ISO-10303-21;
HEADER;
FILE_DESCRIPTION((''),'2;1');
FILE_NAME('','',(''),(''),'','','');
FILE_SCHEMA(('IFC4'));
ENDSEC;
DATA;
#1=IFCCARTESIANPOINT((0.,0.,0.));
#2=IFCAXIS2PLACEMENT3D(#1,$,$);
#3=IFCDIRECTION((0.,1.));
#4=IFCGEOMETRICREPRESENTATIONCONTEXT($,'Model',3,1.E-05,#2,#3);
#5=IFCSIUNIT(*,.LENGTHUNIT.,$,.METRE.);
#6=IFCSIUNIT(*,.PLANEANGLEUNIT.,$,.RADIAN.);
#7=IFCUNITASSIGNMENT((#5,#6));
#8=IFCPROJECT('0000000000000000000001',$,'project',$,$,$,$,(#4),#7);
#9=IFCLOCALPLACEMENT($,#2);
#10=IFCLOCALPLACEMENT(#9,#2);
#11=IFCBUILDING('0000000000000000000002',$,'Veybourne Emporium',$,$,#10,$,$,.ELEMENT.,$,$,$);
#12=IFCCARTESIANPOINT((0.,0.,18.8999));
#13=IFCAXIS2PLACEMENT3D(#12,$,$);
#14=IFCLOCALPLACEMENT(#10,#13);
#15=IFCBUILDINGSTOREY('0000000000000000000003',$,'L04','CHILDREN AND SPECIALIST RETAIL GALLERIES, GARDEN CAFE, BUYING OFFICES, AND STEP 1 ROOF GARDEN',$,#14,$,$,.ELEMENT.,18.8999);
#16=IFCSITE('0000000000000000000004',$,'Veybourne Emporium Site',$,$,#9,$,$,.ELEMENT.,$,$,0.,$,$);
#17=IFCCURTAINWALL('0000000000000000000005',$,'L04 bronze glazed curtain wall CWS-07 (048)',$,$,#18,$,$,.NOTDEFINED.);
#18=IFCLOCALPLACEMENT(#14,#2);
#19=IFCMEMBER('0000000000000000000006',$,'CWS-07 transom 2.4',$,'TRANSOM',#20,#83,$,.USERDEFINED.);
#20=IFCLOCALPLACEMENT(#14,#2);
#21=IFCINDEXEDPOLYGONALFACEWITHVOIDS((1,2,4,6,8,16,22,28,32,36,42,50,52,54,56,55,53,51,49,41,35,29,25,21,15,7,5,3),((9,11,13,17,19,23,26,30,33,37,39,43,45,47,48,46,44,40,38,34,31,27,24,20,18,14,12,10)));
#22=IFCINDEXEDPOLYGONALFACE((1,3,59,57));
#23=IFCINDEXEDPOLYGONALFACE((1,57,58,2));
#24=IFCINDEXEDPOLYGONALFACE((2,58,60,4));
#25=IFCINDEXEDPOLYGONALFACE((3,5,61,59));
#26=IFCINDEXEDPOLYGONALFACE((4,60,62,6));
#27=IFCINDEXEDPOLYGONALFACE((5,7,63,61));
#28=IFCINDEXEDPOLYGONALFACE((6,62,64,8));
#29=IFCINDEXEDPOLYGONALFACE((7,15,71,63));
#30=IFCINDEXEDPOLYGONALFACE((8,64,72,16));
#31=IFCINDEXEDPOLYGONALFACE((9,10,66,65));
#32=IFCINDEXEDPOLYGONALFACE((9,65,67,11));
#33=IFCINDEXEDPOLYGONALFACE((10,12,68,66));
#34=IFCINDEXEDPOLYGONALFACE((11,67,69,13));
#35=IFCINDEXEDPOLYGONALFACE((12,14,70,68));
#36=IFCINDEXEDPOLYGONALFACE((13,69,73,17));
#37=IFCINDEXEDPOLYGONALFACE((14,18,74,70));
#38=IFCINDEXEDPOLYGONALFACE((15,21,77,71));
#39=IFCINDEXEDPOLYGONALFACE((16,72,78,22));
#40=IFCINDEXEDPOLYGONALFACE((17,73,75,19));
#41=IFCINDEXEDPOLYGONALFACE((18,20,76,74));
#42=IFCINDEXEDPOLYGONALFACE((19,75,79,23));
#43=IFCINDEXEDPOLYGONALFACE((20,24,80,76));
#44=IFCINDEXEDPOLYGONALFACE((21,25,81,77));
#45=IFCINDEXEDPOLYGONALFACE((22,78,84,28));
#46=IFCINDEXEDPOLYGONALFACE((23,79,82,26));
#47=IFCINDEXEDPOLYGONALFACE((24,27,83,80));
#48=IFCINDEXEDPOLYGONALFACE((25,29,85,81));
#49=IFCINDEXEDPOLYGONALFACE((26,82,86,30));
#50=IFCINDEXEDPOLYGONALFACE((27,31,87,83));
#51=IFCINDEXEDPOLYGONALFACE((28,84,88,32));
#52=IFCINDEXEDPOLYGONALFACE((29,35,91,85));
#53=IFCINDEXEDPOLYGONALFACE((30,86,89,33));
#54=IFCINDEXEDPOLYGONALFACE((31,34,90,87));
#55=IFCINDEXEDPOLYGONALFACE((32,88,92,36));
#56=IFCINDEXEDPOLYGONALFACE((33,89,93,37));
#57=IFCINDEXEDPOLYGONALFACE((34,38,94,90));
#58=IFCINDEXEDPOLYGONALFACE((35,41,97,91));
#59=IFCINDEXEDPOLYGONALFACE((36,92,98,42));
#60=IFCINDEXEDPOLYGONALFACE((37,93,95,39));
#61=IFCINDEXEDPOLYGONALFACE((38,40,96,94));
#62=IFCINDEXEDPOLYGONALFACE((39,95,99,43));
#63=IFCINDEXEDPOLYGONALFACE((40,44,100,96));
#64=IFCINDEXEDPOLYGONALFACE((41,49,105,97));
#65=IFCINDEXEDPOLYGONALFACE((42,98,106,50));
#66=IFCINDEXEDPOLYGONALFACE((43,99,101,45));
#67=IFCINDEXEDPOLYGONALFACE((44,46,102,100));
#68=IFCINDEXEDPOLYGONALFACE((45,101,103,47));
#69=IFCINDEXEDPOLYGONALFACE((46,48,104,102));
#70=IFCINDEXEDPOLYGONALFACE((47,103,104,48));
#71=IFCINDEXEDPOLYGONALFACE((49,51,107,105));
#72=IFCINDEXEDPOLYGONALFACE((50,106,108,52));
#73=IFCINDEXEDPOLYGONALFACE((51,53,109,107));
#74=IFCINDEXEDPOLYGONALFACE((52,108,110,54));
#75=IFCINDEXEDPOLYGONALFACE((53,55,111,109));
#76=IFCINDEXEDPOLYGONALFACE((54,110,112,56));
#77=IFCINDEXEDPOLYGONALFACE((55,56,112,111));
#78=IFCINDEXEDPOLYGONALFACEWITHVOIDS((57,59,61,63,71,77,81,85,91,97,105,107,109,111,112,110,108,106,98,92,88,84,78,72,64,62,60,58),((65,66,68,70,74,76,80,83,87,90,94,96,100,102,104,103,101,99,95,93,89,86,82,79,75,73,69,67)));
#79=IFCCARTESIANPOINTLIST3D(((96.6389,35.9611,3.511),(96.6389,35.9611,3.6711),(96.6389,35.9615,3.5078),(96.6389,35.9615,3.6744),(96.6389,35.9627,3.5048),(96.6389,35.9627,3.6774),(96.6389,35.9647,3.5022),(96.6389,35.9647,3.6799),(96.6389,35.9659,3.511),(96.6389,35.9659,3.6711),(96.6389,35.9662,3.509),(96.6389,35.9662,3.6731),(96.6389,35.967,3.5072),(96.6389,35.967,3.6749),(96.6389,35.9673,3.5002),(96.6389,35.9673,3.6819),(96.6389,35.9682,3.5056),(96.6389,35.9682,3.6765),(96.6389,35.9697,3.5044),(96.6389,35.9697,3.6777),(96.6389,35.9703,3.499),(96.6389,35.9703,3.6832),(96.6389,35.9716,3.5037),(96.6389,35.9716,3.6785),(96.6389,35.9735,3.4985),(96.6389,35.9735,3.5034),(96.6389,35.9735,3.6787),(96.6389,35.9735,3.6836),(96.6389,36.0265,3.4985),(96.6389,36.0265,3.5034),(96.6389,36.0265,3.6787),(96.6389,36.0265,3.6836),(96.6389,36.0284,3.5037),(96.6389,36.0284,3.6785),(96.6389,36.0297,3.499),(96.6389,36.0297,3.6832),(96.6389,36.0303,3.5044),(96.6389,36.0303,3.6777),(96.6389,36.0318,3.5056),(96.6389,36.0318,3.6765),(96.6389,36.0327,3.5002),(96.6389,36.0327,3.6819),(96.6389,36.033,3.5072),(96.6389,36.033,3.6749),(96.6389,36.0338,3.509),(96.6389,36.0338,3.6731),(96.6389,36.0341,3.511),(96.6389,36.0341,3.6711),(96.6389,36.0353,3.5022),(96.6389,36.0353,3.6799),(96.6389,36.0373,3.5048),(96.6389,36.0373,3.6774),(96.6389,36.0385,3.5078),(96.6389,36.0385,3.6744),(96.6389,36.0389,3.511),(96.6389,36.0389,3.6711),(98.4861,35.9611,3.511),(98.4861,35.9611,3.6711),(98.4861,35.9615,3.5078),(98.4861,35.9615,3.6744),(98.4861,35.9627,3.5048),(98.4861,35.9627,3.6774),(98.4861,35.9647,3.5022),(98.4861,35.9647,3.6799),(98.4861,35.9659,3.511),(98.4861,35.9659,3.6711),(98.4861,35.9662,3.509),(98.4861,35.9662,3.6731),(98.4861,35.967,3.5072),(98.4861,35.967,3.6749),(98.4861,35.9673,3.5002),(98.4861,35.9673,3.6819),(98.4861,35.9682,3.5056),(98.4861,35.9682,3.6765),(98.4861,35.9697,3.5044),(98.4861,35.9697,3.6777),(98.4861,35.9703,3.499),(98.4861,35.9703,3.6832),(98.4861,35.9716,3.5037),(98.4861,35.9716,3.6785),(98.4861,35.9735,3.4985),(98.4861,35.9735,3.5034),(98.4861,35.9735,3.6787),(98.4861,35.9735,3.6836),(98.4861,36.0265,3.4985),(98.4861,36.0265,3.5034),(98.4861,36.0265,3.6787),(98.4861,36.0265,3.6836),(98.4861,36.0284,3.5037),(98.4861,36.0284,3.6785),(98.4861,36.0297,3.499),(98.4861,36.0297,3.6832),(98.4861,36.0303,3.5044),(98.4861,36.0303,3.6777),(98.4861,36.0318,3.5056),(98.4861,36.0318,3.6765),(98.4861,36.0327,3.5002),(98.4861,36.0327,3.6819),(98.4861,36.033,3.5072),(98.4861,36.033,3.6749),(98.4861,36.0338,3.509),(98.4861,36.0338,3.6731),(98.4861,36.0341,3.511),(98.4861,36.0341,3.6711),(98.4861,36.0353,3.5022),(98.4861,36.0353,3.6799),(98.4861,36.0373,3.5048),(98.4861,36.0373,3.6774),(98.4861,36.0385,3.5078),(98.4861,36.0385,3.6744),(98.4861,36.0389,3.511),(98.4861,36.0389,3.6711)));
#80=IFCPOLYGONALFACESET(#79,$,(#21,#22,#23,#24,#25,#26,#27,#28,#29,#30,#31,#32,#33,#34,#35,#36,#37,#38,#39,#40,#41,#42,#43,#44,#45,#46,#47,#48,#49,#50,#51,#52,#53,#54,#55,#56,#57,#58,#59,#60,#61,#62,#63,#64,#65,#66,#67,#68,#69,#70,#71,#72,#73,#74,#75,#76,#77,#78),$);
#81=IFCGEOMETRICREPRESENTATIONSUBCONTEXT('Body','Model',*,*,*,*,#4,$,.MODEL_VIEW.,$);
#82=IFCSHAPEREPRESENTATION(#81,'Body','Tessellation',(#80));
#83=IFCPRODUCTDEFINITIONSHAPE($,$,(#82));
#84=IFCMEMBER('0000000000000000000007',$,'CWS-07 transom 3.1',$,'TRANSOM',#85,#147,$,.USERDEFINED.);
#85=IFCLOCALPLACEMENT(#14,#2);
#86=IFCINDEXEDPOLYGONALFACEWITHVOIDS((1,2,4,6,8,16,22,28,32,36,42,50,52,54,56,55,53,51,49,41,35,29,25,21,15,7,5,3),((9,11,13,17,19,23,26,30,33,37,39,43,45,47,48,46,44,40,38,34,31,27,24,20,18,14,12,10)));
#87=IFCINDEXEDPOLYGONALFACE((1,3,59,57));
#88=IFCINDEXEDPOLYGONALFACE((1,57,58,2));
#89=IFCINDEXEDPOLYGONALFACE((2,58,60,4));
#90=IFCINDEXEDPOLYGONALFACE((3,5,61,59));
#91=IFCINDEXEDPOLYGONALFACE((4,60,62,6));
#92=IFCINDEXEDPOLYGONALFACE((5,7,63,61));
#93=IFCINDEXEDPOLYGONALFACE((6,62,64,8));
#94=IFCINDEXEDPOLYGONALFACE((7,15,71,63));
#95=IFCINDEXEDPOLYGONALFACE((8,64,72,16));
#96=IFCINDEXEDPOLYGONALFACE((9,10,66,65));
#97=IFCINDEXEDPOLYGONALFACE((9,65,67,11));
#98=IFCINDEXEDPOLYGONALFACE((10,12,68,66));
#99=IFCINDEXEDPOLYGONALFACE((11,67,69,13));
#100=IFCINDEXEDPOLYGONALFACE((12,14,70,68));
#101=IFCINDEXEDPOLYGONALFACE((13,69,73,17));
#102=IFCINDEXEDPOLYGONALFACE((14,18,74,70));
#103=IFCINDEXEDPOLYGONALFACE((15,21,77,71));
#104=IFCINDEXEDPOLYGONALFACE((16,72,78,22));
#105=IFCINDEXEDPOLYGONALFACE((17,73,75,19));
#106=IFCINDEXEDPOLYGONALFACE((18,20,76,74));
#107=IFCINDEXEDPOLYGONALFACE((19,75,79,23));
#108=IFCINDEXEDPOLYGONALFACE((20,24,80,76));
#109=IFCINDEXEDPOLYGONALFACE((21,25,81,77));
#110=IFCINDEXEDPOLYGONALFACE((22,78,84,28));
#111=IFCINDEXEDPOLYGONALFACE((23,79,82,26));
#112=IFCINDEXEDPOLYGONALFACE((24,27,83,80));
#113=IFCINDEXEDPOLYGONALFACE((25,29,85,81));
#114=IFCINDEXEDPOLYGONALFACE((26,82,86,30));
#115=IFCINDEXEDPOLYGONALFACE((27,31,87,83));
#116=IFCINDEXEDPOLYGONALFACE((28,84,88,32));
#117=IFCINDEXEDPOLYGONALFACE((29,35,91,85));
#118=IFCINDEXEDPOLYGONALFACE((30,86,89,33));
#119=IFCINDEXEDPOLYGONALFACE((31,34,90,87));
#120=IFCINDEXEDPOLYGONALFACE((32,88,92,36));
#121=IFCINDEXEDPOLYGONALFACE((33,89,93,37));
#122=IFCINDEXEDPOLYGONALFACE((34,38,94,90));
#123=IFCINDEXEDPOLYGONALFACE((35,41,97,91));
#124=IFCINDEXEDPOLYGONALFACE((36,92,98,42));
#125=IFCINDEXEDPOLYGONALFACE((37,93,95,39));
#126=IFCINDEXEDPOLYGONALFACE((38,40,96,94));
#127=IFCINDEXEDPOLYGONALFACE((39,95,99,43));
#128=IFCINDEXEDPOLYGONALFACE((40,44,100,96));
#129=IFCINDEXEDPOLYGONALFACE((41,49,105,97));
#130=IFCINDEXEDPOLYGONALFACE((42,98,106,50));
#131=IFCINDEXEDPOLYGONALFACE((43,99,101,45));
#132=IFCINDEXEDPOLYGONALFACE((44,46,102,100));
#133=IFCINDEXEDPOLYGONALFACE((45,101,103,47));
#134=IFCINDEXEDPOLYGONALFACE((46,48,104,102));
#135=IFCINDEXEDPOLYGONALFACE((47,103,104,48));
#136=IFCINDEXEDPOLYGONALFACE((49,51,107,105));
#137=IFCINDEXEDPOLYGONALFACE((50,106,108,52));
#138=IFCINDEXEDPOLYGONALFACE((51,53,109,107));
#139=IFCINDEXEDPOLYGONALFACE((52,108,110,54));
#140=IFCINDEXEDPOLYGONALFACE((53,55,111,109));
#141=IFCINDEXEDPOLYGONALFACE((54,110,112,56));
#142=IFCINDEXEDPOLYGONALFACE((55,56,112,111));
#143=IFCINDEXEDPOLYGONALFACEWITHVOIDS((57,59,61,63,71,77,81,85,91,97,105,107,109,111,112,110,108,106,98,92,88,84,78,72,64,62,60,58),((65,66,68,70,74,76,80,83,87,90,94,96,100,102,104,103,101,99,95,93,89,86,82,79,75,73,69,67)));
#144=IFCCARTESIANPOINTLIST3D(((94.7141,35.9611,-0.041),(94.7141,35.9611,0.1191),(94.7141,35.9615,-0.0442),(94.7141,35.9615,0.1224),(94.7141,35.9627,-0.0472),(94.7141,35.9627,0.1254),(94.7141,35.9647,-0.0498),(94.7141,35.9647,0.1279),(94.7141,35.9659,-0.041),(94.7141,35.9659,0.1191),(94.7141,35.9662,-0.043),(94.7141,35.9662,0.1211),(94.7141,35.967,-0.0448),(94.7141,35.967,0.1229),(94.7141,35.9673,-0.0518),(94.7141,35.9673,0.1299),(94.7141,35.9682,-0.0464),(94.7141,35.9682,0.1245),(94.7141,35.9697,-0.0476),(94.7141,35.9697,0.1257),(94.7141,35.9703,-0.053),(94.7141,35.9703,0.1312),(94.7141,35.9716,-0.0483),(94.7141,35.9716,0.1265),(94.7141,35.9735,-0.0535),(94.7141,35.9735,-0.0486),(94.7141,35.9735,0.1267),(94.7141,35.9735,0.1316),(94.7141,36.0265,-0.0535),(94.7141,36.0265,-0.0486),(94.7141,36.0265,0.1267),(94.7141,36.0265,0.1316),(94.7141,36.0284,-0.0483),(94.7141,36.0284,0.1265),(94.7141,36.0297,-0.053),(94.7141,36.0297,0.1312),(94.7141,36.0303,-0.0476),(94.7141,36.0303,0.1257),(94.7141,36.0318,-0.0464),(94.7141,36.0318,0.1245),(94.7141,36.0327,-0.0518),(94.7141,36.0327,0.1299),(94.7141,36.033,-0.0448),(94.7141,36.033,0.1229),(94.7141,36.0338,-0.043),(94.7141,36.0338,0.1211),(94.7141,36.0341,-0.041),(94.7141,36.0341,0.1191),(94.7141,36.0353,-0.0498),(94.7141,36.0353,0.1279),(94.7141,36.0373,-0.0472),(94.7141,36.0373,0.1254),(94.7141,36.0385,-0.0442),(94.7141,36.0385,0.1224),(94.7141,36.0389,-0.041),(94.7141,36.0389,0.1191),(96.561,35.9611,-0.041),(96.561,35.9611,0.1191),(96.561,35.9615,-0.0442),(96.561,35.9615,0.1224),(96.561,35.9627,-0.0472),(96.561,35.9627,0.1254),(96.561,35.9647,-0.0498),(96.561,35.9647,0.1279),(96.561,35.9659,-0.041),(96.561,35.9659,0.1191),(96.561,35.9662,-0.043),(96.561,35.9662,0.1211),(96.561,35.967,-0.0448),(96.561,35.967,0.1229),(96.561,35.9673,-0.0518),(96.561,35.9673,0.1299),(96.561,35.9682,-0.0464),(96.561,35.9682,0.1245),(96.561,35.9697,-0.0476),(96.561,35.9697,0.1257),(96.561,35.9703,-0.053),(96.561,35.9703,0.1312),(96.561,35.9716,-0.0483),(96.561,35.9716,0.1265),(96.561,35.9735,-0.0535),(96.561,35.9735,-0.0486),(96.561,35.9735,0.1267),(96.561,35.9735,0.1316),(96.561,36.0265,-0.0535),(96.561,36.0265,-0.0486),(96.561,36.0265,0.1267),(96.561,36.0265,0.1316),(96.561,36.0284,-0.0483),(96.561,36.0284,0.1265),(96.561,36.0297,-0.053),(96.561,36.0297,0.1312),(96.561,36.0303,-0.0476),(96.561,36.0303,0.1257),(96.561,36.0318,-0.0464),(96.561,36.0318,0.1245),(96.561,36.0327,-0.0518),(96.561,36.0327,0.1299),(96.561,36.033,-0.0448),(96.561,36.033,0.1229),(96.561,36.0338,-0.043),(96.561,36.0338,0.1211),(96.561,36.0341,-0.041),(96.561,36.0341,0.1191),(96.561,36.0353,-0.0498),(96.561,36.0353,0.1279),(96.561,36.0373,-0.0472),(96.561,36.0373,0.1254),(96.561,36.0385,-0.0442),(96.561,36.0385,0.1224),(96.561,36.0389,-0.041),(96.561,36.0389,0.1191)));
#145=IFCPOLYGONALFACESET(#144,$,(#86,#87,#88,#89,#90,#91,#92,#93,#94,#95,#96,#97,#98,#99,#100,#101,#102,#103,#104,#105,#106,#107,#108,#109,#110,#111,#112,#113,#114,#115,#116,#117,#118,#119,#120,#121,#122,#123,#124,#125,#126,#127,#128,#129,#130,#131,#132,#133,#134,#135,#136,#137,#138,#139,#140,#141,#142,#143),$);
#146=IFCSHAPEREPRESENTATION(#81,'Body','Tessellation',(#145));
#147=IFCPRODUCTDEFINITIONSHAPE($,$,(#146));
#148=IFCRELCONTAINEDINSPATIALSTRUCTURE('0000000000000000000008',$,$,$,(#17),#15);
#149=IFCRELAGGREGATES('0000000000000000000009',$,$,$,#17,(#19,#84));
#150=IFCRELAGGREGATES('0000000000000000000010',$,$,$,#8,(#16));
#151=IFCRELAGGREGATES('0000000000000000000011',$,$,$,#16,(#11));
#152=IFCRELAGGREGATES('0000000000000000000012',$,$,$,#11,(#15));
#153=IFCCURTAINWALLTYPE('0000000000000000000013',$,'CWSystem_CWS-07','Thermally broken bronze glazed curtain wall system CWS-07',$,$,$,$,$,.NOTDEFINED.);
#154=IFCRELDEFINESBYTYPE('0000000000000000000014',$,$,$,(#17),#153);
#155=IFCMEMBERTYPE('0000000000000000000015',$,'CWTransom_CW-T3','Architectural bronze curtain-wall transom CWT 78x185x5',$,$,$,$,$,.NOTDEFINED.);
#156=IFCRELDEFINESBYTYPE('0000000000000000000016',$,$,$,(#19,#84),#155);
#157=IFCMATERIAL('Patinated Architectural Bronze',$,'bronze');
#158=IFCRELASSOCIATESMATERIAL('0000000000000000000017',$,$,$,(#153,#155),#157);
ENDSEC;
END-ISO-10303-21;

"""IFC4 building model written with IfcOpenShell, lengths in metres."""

from ifc_helpers import new_model, si_unit, direction, frame, origin, origin_2d, place, context, subcontext, project, spatial, hollow_rectangle, extrude, material, material_profile, profile_set, type_object, element, aggregate, save


model = new_model("IFC4")

# Units and contexts
model_context = context("Model", 3, precision=1e-05, world=origin(), true_north=direction((0.0, 1.0)))
body_context = subcontext(model_context, "Body", "Model", "MODEL_VIEW")
ifc_project = project(units=[si_unit("LENGTHUNIT", "METRE"), si_unit("PLANEANGLEUNIT", "RADIAN")], contexts=[model_context])

# Site, building, storey
site_placement = place(None, origin())
site = spatial("IfcSite", under=ifc_project, at=site_placement, Name="Veybourne Emporium Site", CompositionType="ELEMENT", RefElevation=0.0)
building_placement = place(site_placement, origin())
building = spatial("IfcBuilding", under=site, at=building_placement, Name="Veybourne Emporium", CompositionType="ELEMENT")
storey_placement = place(building_placement, frame((0.0, 0.0, 18.8999)))
storey = spatial("IfcBuildingStorey", under=building, at=storey_placement, Name="L04", Description="CHILDREN AND SPECIALIST RETAIL GALLERIES, GARDEN CAFE, BUYING OFFICES, AND STEP 1 ROOF GARDEN", CompositionType="ELEMENT", Elevation=18.8999)

# Curtain wall, members
ifc_material_1 = material(Name="Patinated Architectural Bronze", Category="bronze")
curtain_wall_type = type_object("IfcCurtainWallType", Name="CWSystem_CWS-07", Description="Thermally broken bronze glazed curtain wall system CWS-07", PredefinedType="NOTDEFINED", material=ifc_material_1)
curtain_wall_placement = place(storey_placement, origin())
curtain_wall = element("IfcCurtainWall", 1, at=curtain_wall_placement, inside=storey, type_object=curtain_wall_type, Name="L04 bronze glazed curtain wall CWS-07 (048)", PredefinedType="NOTDEFINED")
ifc_material_profile_1 = material_profile(ifc_material_1, hollow_rectangle(XDim=0.0779, YDim=0.1851, WallThickness=0.0049, InnerFilletRadius=0.0076, OuterFilletRadius=0.0125, at=origin_2d()), Name="CWT 78x185x5")
ifc_profile_set_1 = profile_set([ifc_material_profile_1], Name="Patinated Architectural Bronze")
member_type_1 = type_object("IfcMemberType", Name="CWTransom_CW-T3", Description="Architectural bronze curtain-wall transom CWT 78x185x5", PredefinedType="NOTDEFINED", material=ifc_profile_set_1)
member_1_placement = place(storey_placement, frame((98.4861, 36.0, 3.5911), z_axis=(-1.0, 0.0, 0.0), x_axis=(0.0, -1.0, 0.0)))
member_1 = element("IfcMember", 2, at=member_1_placement, type_object=member_type_1, Name="CWS-07 transom 2.4", ObjectType="TRANSOM", PredefinedType="USERDEFINED", context=body_context, shape_type="SweptSolid", body=[
    extrude(hollow_rectangle(XDim=0.0779, YDim=0.1851, WallThickness=0.0049, InnerFilletRadius=0.0076, OuterFilletRadius=0.0125, at=origin_2d()), origin(), (0.0, 0.0, 1.0), 1.8472),
])
member_2_placement = place(storey_placement, frame((96.561, 36.0, 0.0391), z_axis=(-1.0, 0.0, 0.0), x_axis=(0.0, -1.0, 0.0)))
member_2 = element("IfcMember", 3, at=member_2_placement, type_object=member_type_1, Name="CWS-07 transom 3.1", ObjectType="TRANSOM", PredefinedType="USERDEFINED", context=body_context, shape_type="SweptSolid", body=[
    extrude(hollow_rectangle(XDim=0.0779, YDim=0.1851, WallThickness=0.0049, InnerFilletRadius=0.0076, OuterFilletRadius=0.0125, at=origin_2d()), origin(), (0.0, 0.0, 1.0), 1.8469),
])
aggregate(curtain_wall, [member_1, member_2])

save(model, "model.ifc")
